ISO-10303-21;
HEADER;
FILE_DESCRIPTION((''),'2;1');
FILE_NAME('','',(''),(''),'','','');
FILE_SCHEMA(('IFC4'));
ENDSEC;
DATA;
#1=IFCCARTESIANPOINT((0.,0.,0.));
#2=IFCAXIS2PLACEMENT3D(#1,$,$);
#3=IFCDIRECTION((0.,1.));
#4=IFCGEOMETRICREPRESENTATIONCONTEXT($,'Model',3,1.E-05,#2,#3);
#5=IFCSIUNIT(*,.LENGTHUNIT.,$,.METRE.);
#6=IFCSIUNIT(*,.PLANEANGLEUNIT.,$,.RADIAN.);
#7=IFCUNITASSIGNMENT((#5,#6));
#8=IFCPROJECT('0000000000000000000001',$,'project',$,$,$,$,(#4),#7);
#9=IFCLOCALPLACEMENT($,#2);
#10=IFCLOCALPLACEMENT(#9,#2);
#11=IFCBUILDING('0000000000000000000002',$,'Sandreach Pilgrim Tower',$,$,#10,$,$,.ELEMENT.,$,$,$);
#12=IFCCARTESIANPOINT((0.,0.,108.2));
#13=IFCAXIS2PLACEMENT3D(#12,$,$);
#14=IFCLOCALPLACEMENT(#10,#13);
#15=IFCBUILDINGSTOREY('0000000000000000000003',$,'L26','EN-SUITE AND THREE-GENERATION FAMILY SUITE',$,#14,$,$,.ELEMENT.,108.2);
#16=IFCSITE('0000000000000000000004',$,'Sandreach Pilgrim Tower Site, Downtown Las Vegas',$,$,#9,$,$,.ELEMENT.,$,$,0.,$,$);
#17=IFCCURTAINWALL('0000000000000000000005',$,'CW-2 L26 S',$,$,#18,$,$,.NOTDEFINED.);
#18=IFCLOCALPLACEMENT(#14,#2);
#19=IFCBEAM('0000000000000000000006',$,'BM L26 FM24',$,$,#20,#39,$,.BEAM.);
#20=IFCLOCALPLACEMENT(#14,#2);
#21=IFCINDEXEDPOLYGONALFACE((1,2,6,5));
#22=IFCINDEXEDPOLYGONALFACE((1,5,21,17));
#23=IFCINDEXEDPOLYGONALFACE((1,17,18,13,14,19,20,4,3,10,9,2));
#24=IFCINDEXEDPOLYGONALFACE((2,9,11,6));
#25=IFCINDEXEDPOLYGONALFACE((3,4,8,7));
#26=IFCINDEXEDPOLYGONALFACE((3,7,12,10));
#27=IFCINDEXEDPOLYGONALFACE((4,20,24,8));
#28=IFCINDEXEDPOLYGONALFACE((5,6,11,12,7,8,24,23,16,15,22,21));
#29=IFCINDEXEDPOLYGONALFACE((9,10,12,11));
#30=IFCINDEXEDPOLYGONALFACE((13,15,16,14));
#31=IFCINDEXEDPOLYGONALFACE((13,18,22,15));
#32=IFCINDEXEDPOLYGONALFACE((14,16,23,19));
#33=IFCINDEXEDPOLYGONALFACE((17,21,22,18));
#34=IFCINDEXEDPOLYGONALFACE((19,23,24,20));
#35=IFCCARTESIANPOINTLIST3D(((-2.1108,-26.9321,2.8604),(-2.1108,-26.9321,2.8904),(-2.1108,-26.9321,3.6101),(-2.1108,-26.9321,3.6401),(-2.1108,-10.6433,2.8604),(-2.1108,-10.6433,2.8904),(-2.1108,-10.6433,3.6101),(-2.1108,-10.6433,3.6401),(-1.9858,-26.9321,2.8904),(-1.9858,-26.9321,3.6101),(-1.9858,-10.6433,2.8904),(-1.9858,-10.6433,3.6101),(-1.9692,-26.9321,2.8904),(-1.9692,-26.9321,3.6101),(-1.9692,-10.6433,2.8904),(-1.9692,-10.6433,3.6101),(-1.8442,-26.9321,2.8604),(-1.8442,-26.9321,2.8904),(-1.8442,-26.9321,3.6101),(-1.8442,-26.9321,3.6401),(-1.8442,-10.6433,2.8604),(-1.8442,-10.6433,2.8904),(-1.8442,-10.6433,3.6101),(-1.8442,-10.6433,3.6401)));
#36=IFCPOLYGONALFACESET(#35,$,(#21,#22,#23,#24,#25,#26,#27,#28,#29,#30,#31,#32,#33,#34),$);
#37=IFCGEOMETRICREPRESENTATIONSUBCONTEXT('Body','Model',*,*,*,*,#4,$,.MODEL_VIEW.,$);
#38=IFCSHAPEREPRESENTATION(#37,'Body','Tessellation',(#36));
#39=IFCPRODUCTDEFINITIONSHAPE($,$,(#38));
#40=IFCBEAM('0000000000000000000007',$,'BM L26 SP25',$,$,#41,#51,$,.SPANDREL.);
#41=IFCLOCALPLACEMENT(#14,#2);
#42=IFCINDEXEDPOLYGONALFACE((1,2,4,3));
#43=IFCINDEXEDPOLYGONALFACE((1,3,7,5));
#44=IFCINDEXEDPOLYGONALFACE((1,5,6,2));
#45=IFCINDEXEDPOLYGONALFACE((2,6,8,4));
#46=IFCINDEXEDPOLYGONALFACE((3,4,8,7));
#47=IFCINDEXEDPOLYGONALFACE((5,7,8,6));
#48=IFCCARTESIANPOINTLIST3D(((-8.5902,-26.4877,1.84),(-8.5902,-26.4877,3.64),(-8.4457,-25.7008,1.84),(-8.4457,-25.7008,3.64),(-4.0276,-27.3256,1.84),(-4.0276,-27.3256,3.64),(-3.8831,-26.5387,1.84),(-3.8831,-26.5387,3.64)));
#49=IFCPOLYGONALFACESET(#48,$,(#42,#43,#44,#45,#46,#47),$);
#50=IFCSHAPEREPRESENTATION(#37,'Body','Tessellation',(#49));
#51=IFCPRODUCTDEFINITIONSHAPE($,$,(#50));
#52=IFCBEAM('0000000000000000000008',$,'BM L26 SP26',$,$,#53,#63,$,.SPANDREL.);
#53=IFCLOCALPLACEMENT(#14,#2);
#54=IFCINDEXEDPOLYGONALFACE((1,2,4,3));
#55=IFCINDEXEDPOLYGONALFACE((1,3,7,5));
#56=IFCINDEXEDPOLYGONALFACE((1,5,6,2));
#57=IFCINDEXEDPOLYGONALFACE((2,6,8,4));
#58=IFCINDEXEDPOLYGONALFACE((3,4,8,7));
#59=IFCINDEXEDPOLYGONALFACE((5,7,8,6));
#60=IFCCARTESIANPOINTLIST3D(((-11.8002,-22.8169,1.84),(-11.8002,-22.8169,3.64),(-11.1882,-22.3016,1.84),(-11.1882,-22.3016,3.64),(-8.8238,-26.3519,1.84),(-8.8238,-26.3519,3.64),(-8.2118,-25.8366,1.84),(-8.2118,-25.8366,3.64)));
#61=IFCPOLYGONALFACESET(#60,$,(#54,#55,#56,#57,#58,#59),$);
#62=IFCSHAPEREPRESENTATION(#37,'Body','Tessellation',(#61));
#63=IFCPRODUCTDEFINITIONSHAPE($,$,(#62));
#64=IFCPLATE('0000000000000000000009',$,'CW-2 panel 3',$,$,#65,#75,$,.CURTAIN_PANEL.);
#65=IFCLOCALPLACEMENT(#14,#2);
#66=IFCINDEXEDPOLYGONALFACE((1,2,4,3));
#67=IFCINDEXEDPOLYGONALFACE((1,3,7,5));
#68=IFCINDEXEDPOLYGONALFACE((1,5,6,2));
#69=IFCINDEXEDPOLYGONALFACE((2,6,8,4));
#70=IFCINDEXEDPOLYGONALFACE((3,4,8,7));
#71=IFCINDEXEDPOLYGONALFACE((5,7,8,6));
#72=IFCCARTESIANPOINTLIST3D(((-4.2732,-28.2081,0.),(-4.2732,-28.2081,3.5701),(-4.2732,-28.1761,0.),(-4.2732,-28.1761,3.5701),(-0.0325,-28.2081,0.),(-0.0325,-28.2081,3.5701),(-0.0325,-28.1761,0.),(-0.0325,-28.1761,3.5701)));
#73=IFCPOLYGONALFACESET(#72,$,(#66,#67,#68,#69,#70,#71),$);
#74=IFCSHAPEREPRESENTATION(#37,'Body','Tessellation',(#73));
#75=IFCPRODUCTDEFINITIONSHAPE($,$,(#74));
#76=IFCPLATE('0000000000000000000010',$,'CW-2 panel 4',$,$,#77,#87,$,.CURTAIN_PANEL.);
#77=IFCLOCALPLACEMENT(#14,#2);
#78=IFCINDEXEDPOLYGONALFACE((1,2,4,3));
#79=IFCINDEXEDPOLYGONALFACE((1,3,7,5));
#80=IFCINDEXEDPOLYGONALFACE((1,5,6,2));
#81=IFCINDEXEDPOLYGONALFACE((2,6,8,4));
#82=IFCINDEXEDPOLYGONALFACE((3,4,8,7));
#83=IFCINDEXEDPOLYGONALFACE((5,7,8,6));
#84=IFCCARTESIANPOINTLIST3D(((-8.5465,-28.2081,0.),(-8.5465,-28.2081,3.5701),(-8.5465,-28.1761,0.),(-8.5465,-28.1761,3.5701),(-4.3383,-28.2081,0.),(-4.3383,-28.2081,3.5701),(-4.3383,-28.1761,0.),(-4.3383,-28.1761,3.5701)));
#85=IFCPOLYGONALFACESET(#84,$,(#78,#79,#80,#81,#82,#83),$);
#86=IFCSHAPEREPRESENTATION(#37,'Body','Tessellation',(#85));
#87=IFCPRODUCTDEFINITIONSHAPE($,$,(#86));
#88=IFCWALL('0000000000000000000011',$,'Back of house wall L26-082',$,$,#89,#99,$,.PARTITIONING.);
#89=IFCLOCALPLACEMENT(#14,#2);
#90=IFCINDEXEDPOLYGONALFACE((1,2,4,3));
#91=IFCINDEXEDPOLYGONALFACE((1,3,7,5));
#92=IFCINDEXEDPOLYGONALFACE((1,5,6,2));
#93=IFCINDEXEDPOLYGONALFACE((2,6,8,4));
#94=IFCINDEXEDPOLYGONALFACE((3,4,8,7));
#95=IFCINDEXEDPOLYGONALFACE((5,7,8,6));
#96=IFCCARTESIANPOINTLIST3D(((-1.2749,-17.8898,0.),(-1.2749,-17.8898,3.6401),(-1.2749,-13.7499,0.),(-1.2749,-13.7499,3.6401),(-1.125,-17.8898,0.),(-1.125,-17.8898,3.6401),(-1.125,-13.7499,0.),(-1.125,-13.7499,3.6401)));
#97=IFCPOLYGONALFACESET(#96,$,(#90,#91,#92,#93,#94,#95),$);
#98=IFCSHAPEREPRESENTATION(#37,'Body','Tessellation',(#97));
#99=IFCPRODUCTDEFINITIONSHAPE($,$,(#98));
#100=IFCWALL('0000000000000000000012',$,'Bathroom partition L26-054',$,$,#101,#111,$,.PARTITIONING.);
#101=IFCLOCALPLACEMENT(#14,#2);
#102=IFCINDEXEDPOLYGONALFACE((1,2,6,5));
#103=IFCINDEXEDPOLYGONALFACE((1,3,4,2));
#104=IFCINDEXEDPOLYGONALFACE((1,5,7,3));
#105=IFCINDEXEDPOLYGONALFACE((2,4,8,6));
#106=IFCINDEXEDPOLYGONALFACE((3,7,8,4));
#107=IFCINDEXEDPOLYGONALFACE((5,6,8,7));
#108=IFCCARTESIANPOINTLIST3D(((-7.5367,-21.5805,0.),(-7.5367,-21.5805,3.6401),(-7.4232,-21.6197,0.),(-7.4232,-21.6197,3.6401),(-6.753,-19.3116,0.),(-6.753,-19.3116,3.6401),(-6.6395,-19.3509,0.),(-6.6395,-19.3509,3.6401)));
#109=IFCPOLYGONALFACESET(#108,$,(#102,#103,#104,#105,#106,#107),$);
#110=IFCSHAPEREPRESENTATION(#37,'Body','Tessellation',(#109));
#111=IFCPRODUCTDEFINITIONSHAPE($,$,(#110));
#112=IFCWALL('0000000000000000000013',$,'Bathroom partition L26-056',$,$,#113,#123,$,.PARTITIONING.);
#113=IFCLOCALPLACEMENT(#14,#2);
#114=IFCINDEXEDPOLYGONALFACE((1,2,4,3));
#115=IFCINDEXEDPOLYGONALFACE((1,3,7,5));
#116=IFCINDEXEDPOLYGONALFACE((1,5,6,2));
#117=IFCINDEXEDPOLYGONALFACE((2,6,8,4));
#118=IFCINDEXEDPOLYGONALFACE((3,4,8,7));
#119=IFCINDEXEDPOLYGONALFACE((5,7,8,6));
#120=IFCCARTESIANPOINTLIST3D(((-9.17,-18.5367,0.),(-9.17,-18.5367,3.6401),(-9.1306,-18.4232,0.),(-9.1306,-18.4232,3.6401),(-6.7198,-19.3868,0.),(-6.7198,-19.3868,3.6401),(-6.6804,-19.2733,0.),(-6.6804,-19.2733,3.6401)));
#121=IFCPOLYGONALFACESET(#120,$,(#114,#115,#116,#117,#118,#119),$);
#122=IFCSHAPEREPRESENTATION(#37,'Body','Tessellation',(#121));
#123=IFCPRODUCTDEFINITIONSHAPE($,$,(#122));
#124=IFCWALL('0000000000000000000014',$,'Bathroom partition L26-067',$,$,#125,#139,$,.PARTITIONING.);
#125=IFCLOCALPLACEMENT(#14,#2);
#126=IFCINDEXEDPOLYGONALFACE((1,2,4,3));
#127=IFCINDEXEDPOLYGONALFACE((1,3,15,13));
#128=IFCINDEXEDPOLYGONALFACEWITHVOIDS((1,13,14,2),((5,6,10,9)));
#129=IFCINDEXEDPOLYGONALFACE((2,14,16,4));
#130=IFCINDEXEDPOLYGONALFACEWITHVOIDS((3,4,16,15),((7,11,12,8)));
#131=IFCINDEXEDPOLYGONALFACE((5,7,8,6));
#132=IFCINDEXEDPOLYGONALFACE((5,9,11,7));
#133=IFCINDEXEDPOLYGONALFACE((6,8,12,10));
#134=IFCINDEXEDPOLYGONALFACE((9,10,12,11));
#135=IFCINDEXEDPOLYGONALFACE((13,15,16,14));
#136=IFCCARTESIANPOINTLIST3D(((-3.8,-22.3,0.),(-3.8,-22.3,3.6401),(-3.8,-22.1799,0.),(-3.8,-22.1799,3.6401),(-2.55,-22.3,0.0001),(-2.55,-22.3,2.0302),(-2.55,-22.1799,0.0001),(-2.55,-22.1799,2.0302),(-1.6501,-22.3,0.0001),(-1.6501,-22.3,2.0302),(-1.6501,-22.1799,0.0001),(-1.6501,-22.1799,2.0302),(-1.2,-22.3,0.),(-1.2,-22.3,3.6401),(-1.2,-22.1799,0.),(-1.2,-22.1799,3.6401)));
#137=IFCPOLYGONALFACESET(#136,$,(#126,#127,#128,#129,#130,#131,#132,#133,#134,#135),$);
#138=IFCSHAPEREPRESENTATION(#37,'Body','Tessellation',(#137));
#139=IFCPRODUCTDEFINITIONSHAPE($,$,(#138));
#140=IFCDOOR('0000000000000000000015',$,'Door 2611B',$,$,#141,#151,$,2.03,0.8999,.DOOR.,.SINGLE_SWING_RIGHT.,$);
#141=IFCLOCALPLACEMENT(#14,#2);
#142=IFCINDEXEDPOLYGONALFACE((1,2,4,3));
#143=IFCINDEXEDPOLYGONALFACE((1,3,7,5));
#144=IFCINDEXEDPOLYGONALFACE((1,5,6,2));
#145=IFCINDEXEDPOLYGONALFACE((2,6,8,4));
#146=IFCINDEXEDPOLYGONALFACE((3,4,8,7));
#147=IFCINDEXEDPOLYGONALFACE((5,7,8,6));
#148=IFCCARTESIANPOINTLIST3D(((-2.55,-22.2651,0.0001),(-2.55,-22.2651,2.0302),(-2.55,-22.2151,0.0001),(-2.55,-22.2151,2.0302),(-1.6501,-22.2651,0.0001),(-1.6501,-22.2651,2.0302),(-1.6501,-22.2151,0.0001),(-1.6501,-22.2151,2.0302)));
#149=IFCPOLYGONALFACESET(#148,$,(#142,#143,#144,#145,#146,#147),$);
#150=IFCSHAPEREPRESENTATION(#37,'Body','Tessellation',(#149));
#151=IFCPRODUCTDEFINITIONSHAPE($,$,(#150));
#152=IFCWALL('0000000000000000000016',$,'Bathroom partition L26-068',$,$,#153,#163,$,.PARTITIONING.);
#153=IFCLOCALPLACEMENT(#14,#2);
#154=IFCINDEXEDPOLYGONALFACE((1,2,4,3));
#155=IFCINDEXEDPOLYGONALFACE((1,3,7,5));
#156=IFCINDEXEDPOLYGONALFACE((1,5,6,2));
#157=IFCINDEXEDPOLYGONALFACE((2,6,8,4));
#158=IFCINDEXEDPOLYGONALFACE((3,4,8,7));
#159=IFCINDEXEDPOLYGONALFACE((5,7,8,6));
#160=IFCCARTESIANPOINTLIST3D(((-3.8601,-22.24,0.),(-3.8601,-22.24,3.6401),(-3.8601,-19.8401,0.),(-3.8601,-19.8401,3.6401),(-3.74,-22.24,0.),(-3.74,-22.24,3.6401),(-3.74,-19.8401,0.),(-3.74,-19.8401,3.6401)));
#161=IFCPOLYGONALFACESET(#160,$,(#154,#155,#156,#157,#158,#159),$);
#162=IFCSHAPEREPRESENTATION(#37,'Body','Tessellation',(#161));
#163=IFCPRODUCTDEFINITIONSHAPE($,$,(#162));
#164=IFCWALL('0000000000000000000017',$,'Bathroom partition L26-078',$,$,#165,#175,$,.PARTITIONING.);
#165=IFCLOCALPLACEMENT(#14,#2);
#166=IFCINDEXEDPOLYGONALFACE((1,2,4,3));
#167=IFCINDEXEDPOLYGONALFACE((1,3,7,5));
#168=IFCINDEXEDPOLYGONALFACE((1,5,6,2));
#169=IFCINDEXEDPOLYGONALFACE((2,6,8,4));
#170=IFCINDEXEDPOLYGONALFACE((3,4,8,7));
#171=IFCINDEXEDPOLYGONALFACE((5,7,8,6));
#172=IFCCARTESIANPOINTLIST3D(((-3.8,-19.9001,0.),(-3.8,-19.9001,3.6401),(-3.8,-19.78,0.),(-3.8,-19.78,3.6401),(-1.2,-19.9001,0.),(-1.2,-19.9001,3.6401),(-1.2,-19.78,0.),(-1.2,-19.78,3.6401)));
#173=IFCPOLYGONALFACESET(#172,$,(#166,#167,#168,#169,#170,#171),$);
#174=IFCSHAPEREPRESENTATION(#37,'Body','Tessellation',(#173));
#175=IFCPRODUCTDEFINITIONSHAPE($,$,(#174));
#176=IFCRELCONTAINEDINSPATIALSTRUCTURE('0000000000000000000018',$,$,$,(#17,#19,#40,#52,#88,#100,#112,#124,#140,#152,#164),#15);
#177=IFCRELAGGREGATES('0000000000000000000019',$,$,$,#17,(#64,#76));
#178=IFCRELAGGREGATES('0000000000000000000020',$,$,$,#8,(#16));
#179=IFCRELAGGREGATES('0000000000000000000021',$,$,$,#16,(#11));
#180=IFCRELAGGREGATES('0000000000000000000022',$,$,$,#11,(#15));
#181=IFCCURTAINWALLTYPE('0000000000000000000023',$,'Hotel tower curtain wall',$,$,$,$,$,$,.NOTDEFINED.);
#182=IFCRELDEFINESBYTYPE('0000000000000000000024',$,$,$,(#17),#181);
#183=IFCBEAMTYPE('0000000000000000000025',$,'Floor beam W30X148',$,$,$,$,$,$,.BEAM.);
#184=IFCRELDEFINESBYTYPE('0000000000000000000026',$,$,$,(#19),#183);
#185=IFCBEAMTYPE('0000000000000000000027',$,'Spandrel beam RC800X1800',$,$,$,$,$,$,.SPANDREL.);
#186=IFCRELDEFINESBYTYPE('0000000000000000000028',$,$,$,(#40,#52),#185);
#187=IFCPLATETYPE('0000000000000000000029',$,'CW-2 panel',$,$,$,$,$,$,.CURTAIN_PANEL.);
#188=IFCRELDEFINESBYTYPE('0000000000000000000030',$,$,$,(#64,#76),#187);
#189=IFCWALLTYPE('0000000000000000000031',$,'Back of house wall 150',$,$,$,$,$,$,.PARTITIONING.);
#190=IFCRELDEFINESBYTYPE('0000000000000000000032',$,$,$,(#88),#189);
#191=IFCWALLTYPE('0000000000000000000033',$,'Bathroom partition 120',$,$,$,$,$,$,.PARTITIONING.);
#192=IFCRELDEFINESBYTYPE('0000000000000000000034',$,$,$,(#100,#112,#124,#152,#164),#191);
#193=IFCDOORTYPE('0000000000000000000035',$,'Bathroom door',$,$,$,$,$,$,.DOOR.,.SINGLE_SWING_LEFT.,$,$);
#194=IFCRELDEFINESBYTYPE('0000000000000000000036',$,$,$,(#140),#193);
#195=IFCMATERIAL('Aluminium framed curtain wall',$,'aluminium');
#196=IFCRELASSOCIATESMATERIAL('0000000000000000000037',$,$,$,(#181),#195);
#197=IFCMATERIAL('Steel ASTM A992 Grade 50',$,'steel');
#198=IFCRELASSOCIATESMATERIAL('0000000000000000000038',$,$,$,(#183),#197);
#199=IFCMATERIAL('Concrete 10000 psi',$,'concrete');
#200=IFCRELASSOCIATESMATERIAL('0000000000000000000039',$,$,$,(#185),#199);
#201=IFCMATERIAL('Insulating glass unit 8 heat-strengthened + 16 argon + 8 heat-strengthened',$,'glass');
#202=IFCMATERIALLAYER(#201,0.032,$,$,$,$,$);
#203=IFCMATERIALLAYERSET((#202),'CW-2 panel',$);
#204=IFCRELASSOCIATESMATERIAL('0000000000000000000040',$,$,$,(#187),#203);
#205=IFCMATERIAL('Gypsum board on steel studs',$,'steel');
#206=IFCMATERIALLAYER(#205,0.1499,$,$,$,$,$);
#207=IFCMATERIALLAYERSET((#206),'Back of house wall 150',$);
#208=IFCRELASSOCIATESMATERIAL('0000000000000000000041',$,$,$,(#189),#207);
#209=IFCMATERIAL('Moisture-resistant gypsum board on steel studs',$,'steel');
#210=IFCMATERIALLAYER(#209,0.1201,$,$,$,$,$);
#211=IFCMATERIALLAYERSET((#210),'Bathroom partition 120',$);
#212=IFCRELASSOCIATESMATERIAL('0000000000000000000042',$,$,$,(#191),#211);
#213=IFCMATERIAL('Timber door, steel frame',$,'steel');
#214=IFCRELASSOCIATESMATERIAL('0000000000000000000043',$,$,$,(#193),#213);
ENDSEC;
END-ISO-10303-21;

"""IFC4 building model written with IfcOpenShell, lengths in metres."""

from ifc_helpers import new_model, si_unit, direction, frame, frame_2d, origin, origin_2d, place, context, subcontext, project, spatial, rectangle, i_section, extrude, material, layer, layer_set, material_profile, profile_set, type_object, element, fill, aggregate, save


model = new_model("IFC4")

# Units and contexts
model_context = context("Model", 3, precision=1e-05, world=origin(), true_north=direction((0.0, 1.0)))
body_context = subcontext(model_context, "Body", "Model", "MODEL_VIEW")
ifc_project = project(units=[si_unit("LENGTHUNIT", "METRE"), si_unit("PLANEANGLEUNIT", "RADIAN")], contexts=[model_context])

# Site, building, storey
site_placement = place(None, origin())
site = spatial("IfcSite", under=ifc_project, at=site_placement, Name="Sandreach Pilgrim Tower Site, Downtown Las Vegas", CompositionType="ELEMENT", RefElevation=0.0)
building_placement = place(site_placement, origin())
building = spatial("IfcBuilding", under=site, at=building_placement, Name="Sandreach Pilgrim Tower", CompositionType="ELEMENT")
storey_placement = place(building_placement, frame((0.0, 0.0, 108.2)))
storey = spatial("IfcBuildingStorey", under=building, at=storey_placement, Name="L26", Description="EN-SUITE AND THREE-GENERATION FAMILY SUITE", CompositionType="ELEMENT", Elevation=108.2)

# Curtain wall
ifc_material_1 = material(Name="Aluminium framed curtain wall", Category="aluminium")
curtain_wall_type = type_object("IfcCurtainWallType", Name="Hotel tower curtain wall", PredefinedType="NOTDEFINED", material=ifc_material_1)
curtain_wall_placement = place(storey_placement, origin())
curtain_wall = element("IfcCurtainWall", 1, at=curtain_wall_placement, inside=storey, type_object=curtain_wall_type, Name="CW-2 L26 S", PredefinedType="NOTDEFINED")

# Beams
ifc_material_2 = material(Name="Steel ASTM A992 Grade 50", Category="steel")
ifc_material_profile_1 = material_profile(ifc_material_2, i_section(OverallWidth=0.2666, OverallDepth=0.7798, WebThickness=0.0166, FlangeThickness=0.03, at=origin_2d()), Name="W30X148")
ifc_profile_set_1 = profile_set([ifc_material_profile_1], Name="Steel ASTM A992 Grade 50")
beam_type_1 = type_object("IfcBeamType", Name="Floor beam W30X148", PredefinedType="BEAM", material=ifc_profile_set_1)
beam_1_placement = place(storey_placement, frame((-1.9775, -26.9321, 3.2502), z_axis=(0.0, 1.0, 0.0), x_axis=(-1.0, 0.0, 0.0)))
element("IfcBeam", 2, at=beam_1_placement, inside=storey, type_object=beam_type_1, Name="BM L26 FM24", PredefinedType="BEAM", context=body_context, shape_type="SweptSolid", body=[
    extrude(i_section(OverallWidth=0.2666, OverallDepth=0.7798, WebThickness=0.0166, FlangeThickness=0.03, at=origin_2d()), origin(), (0.0, 0.0, 1.0), 16.2888),
])
ifc_material_3 = material(Name="Concrete 10000 psi", Category="concrete")
ifc_material_profile_2 = material_profile(ifc_material_3, rectangle(XDim=0.8, YDim=1.8, at=origin_2d()), Name="RC800X1800")
ifc_profile_set_2 = profile_set([ifc_material_profile_2], Name="Concrete 10000 psi")
beam_type_2 = type_object("IfcBeamType", Name="Spandrel beam RC800X1800", PredefinedType="SPANDREL", material=ifc_profile_set_2)
beam_2_placement = place(storey_placement, frame((-3.9553, -26.9321, 2.74), z_axis=(-0.983552, 0.180627, 0.0), x_axis=(-0.180627, -0.983552, 0.0)))
element("IfcBeam", 3, at=beam_2_placement, inside=storey, type_object=beam_type_2, Name="BM L26 SP25", PredefinedType="SPANDREL", context=body_context, shape_type="SweptSolid", body=[
    extrude(rectangle(XDim=0.8, YDim=1.8, at=origin_2d()), origin(), (0.0, 0.0, 1.0), 4.6389),
])
beam_3_placement = place(storey_placement, frame((-8.5178, -26.0942, 2.74), z_axis=(-0.644079, 0.764959, 0.0), x_axis=(-0.764959, -0.644079, 0.0)))
element("IfcBeam", 4, at=beam_3_placement, inside=storey, type_object=beam_type_2, Name="BM L26 SP26", PredefinedType="SPANDREL", context=body_context, shape_type="SweptSolid", body=[
    extrude(rectangle(XDim=0.8, YDim=1.8, at=origin_2d()), origin(), (0.0, 0.0, 1.0), 4.6211),
])

# Plates
ifc_material_4 = material(Name="Insulating glass unit 8 heat-strengthened + 16 argon + 8 heat-strengthened", Category="glass")
ifc_layer_1 = layer(ifc_material_4, 0.032)
ifc_layer_set_1 = layer_set([ifc_layer_1], Name="CW-2 panel")
plate_type = type_object("IfcPlateType", Name="CW-2 panel", PredefinedType="CURTAIN_PANEL", material=ifc_layer_set_1)
plate_1_placement = place(storey_placement, frame((-2.1528, -28.1921, 0.0), z_axis=(0.0, 0.0, 1.0), x_axis=(-1.0, 0.0, 0.0)))
plate_1 = element("IfcPlate", 5, at=plate_1_placement, type_object=plate_type, Name="CW-2 panel 3", PredefinedType="CURTAIN_PANEL", context=body_context, shape_type="SweptSolid", body=[
    extrude(rectangle(XDim=4.2407, YDim=0.032, at=origin_2d()), origin(), (0.0, 0.0, 1.0), 3.5701),
])
plate_2_placement = place(storey_placement, frame((-6.4424, -28.1921, 0.0), z_axis=(0.0, 0.0, 1.0), x_axis=(-1.0, 0.0, 0.0)))
plate_2 = element("IfcPlate", 6, at=plate_2_placement, type_object=plate_type, Name="CW-2 panel 4", PredefinedType="CURTAIN_PANEL", context=body_context, shape_type="SweptSolid", body=[
    extrude(rectangle(XDim=4.2083, YDim=0.032, at=origin_2d()), origin(), (0.0, 0.0, 1.0), 3.5701),
])
aggregate(curtain_wall, [plate_1, plate_2])

# Walls
ifc_material_5 = material(Name="Gypsum board on steel studs", Category="steel")
ifc_layer_2 = layer(ifc_material_5, 0.1499)
ifc_layer_set_2 = layer_set([ifc_layer_2], Name="Back of house wall 150")
wall_type_1 = type_object("IfcWallType", Name="Back of house wall 150", PredefinedType="PARTITIONING", material=ifc_layer_set_2)
wall_1_placement = place(storey_placement, frame((-1.2, -13.75, 0.0), z_axis=(0.0, 0.0, 1.0), x_axis=(0.0, -1.0, 0.0)))
element("IfcWall", 7, at=wall_1_placement, inside=storey, type_object=wall_type_1, Name="Back of house wall L26-082", PredefinedType="PARTITIONING", context=body_context, shape_type="SweptSolid", body=[
    extrude(rectangle(XDim=4.1399, YDim=0.1499, at=frame_2d((2.0698, 0.0))), origin(), (0.0, 0.0, 1.0), 3.6401),
])
ifc_material_6 = material(Name="Moisture-resistant gypsum board on steel studs", Category="steel")
ifc_layer_3 = layer(ifc_material_6, 0.1201)
ifc_layer_set_3 = layer_set([ifc_layer_3], Name="Bathroom partition 120")
wall_type_2 = type_object("IfcWallType", Name="Bathroom partition 120", PredefinedType="PARTITIONING", material=ifc_layer_set_3)
wall_2_placement = place(storey_placement, frame((-7.48, -21.6001, 0.0), z_axis=(0.0, 0.0, 1.0), x_axis=(0.326492, 0.9452, 0.0)))
element("IfcWall", 8, at=wall_2_placement, inside=storey, type_object=wall_type_2, Name="Bathroom partition L26-054", PredefinedType="PARTITIONING", context=body_context, shape_type="SweptSolid", body=[
    extrude(rectangle(XDim=2.4004, YDim=0.1201, at=frame_2d((1.2002, 0.0))), origin(), (0.0, 0.0, 1.0), 3.6401),
])
wall_3_placement = place(storey_placement, frame((-6.7, -19.3301, 0.0), z_axis=(0.0, 0.0, 1.0), x_axis=(-0.944753, 0.327783, 0.0)))
element("IfcWall", 9, at=wall_3_placement, inside=storey, type_object=wall_type_2, Name="Bathroom partition L26-056", PredefinedType="PARTITIONING", context=body_context, shape_type="SweptSolid", body=[
    extrude(rectangle(XDim=2.5935, YDim=0.1201, at=frame_2d((1.2969, 0.0))), origin(), (0.0, 0.0, 1.0), 3.6401),
])

# Wall, opening, door
wall_4_placement = place(storey_placement, frame((-3.8, -22.24, 0.0), z_axis=(0.0, 0.0, 1.0), x_axis=(1.0, 0.0, 0.0)))
wall_4 = element("IfcWall", 10, at=wall_4_placement, inside=storey, type_object=wall_type_2, Name="Bathroom partition L26-067", PredefinedType="PARTITIONING", context=body_context, shape_type="SweptSolid", body=[
    extrude(rectangle(XDim=2.6001, YDim=0.1201, at=frame_2d((1.3, 0.0))), origin(), (0.0, 0.0, 1.0), 3.6401),
])
opening_1_placement = place(wall_4_placement, frame((1.25, 0.0, 0.0)))
opening_1 = element("IfcOpeningElement", 11, at=opening_1_placement, cuts=wall_4, PredefinedType="OPENING", context=body_context, shape_type="SweptSolid", body=[
    extrude(rectangle(XDim=0.8999, YDim=2.03, at=frame_2d((0.45, 1.0151))), frame((0.0, 0.0601, 0.0), z_axis=(0.0, -1.0, 0.0), x_axis=(1.0, 0.0, 0.0)), (0.0, 0.0, 1.0), 0.1201),
])
ifc_material_7 = material(Name="Timber door, steel frame", Category="steel")
door_type_1 = type_object("IfcDoorType", Name="Bathroom door", OperationType="SINGLE_SWING_LEFT", PredefinedType="DOOR", material=ifc_material_7)
door_1_placement = place(opening_1_placement, origin())
door_1 = element("IfcDoor", 12, at=door_1_placement, inside=storey, type_object=door_type_1, Name="Door 2611B", OperationType="SINGLE_SWING_RIGHT", OverallHeight=2.03, OverallWidth=0.8999, PredefinedType="DOOR", context=body_context, shape_type="SweptSolid", body=[
    extrude(rectangle(XDim=0.8999, YDim=2.03, at=frame_2d((0.45, 1.0151))), frame((0.0, 0.0249, 0.0), z_axis=(0.0, -1.0, 0.0), x_axis=(1.0, 0.0, 0.0)), (0.0, 0.0, 1.0), 0.05),
])
fill(opening_1, door_1)

# Walls
wall_5_placement = place(storey_placement, frame((-3.8, -19.8401, 0.0), z_axis=(0.0, 0.0, 1.0), x_axis=(0.0, -1.0, 0.0)))
element("IfcWall", 13, at=wall_5_placement, inside=storey, type_object=wall_type_2, Name="Bathroom partition L26-068", PredefinedType="PARTITIONING", context=body_context, shape_type="SweptSolid", body=[
    extrude(rectangle(XDim=2.3999, YDim=0.1201, at=frame_2d((1.2, 0.0))), origin(), (0.0, 0.0, 1.0), 3.6401),
])
wall_6_placement = place(storey_placement, frame((-1.2, -19.8401, 0.0), z_axis=(0.0, 0.0, 1.0), x_axis=(-1.0, 0.0, 0.0)))
element("IfcWall", 14, at=wall_6_placement, inside=storey, type_object=wall_type_2, Name="Bathroom partition L26-078", PredefinedType="PARTITIONING", context=body_context, shape_type="SweptSolid", body=[
    extrude(rectangle(XDim=2.6001, YDim=0.1201, at=frame_2d((1.3, 0.0))), origin(), (0.0, 0.0, 1.0), 3.6401),
])

save(model, "model.ifc")
